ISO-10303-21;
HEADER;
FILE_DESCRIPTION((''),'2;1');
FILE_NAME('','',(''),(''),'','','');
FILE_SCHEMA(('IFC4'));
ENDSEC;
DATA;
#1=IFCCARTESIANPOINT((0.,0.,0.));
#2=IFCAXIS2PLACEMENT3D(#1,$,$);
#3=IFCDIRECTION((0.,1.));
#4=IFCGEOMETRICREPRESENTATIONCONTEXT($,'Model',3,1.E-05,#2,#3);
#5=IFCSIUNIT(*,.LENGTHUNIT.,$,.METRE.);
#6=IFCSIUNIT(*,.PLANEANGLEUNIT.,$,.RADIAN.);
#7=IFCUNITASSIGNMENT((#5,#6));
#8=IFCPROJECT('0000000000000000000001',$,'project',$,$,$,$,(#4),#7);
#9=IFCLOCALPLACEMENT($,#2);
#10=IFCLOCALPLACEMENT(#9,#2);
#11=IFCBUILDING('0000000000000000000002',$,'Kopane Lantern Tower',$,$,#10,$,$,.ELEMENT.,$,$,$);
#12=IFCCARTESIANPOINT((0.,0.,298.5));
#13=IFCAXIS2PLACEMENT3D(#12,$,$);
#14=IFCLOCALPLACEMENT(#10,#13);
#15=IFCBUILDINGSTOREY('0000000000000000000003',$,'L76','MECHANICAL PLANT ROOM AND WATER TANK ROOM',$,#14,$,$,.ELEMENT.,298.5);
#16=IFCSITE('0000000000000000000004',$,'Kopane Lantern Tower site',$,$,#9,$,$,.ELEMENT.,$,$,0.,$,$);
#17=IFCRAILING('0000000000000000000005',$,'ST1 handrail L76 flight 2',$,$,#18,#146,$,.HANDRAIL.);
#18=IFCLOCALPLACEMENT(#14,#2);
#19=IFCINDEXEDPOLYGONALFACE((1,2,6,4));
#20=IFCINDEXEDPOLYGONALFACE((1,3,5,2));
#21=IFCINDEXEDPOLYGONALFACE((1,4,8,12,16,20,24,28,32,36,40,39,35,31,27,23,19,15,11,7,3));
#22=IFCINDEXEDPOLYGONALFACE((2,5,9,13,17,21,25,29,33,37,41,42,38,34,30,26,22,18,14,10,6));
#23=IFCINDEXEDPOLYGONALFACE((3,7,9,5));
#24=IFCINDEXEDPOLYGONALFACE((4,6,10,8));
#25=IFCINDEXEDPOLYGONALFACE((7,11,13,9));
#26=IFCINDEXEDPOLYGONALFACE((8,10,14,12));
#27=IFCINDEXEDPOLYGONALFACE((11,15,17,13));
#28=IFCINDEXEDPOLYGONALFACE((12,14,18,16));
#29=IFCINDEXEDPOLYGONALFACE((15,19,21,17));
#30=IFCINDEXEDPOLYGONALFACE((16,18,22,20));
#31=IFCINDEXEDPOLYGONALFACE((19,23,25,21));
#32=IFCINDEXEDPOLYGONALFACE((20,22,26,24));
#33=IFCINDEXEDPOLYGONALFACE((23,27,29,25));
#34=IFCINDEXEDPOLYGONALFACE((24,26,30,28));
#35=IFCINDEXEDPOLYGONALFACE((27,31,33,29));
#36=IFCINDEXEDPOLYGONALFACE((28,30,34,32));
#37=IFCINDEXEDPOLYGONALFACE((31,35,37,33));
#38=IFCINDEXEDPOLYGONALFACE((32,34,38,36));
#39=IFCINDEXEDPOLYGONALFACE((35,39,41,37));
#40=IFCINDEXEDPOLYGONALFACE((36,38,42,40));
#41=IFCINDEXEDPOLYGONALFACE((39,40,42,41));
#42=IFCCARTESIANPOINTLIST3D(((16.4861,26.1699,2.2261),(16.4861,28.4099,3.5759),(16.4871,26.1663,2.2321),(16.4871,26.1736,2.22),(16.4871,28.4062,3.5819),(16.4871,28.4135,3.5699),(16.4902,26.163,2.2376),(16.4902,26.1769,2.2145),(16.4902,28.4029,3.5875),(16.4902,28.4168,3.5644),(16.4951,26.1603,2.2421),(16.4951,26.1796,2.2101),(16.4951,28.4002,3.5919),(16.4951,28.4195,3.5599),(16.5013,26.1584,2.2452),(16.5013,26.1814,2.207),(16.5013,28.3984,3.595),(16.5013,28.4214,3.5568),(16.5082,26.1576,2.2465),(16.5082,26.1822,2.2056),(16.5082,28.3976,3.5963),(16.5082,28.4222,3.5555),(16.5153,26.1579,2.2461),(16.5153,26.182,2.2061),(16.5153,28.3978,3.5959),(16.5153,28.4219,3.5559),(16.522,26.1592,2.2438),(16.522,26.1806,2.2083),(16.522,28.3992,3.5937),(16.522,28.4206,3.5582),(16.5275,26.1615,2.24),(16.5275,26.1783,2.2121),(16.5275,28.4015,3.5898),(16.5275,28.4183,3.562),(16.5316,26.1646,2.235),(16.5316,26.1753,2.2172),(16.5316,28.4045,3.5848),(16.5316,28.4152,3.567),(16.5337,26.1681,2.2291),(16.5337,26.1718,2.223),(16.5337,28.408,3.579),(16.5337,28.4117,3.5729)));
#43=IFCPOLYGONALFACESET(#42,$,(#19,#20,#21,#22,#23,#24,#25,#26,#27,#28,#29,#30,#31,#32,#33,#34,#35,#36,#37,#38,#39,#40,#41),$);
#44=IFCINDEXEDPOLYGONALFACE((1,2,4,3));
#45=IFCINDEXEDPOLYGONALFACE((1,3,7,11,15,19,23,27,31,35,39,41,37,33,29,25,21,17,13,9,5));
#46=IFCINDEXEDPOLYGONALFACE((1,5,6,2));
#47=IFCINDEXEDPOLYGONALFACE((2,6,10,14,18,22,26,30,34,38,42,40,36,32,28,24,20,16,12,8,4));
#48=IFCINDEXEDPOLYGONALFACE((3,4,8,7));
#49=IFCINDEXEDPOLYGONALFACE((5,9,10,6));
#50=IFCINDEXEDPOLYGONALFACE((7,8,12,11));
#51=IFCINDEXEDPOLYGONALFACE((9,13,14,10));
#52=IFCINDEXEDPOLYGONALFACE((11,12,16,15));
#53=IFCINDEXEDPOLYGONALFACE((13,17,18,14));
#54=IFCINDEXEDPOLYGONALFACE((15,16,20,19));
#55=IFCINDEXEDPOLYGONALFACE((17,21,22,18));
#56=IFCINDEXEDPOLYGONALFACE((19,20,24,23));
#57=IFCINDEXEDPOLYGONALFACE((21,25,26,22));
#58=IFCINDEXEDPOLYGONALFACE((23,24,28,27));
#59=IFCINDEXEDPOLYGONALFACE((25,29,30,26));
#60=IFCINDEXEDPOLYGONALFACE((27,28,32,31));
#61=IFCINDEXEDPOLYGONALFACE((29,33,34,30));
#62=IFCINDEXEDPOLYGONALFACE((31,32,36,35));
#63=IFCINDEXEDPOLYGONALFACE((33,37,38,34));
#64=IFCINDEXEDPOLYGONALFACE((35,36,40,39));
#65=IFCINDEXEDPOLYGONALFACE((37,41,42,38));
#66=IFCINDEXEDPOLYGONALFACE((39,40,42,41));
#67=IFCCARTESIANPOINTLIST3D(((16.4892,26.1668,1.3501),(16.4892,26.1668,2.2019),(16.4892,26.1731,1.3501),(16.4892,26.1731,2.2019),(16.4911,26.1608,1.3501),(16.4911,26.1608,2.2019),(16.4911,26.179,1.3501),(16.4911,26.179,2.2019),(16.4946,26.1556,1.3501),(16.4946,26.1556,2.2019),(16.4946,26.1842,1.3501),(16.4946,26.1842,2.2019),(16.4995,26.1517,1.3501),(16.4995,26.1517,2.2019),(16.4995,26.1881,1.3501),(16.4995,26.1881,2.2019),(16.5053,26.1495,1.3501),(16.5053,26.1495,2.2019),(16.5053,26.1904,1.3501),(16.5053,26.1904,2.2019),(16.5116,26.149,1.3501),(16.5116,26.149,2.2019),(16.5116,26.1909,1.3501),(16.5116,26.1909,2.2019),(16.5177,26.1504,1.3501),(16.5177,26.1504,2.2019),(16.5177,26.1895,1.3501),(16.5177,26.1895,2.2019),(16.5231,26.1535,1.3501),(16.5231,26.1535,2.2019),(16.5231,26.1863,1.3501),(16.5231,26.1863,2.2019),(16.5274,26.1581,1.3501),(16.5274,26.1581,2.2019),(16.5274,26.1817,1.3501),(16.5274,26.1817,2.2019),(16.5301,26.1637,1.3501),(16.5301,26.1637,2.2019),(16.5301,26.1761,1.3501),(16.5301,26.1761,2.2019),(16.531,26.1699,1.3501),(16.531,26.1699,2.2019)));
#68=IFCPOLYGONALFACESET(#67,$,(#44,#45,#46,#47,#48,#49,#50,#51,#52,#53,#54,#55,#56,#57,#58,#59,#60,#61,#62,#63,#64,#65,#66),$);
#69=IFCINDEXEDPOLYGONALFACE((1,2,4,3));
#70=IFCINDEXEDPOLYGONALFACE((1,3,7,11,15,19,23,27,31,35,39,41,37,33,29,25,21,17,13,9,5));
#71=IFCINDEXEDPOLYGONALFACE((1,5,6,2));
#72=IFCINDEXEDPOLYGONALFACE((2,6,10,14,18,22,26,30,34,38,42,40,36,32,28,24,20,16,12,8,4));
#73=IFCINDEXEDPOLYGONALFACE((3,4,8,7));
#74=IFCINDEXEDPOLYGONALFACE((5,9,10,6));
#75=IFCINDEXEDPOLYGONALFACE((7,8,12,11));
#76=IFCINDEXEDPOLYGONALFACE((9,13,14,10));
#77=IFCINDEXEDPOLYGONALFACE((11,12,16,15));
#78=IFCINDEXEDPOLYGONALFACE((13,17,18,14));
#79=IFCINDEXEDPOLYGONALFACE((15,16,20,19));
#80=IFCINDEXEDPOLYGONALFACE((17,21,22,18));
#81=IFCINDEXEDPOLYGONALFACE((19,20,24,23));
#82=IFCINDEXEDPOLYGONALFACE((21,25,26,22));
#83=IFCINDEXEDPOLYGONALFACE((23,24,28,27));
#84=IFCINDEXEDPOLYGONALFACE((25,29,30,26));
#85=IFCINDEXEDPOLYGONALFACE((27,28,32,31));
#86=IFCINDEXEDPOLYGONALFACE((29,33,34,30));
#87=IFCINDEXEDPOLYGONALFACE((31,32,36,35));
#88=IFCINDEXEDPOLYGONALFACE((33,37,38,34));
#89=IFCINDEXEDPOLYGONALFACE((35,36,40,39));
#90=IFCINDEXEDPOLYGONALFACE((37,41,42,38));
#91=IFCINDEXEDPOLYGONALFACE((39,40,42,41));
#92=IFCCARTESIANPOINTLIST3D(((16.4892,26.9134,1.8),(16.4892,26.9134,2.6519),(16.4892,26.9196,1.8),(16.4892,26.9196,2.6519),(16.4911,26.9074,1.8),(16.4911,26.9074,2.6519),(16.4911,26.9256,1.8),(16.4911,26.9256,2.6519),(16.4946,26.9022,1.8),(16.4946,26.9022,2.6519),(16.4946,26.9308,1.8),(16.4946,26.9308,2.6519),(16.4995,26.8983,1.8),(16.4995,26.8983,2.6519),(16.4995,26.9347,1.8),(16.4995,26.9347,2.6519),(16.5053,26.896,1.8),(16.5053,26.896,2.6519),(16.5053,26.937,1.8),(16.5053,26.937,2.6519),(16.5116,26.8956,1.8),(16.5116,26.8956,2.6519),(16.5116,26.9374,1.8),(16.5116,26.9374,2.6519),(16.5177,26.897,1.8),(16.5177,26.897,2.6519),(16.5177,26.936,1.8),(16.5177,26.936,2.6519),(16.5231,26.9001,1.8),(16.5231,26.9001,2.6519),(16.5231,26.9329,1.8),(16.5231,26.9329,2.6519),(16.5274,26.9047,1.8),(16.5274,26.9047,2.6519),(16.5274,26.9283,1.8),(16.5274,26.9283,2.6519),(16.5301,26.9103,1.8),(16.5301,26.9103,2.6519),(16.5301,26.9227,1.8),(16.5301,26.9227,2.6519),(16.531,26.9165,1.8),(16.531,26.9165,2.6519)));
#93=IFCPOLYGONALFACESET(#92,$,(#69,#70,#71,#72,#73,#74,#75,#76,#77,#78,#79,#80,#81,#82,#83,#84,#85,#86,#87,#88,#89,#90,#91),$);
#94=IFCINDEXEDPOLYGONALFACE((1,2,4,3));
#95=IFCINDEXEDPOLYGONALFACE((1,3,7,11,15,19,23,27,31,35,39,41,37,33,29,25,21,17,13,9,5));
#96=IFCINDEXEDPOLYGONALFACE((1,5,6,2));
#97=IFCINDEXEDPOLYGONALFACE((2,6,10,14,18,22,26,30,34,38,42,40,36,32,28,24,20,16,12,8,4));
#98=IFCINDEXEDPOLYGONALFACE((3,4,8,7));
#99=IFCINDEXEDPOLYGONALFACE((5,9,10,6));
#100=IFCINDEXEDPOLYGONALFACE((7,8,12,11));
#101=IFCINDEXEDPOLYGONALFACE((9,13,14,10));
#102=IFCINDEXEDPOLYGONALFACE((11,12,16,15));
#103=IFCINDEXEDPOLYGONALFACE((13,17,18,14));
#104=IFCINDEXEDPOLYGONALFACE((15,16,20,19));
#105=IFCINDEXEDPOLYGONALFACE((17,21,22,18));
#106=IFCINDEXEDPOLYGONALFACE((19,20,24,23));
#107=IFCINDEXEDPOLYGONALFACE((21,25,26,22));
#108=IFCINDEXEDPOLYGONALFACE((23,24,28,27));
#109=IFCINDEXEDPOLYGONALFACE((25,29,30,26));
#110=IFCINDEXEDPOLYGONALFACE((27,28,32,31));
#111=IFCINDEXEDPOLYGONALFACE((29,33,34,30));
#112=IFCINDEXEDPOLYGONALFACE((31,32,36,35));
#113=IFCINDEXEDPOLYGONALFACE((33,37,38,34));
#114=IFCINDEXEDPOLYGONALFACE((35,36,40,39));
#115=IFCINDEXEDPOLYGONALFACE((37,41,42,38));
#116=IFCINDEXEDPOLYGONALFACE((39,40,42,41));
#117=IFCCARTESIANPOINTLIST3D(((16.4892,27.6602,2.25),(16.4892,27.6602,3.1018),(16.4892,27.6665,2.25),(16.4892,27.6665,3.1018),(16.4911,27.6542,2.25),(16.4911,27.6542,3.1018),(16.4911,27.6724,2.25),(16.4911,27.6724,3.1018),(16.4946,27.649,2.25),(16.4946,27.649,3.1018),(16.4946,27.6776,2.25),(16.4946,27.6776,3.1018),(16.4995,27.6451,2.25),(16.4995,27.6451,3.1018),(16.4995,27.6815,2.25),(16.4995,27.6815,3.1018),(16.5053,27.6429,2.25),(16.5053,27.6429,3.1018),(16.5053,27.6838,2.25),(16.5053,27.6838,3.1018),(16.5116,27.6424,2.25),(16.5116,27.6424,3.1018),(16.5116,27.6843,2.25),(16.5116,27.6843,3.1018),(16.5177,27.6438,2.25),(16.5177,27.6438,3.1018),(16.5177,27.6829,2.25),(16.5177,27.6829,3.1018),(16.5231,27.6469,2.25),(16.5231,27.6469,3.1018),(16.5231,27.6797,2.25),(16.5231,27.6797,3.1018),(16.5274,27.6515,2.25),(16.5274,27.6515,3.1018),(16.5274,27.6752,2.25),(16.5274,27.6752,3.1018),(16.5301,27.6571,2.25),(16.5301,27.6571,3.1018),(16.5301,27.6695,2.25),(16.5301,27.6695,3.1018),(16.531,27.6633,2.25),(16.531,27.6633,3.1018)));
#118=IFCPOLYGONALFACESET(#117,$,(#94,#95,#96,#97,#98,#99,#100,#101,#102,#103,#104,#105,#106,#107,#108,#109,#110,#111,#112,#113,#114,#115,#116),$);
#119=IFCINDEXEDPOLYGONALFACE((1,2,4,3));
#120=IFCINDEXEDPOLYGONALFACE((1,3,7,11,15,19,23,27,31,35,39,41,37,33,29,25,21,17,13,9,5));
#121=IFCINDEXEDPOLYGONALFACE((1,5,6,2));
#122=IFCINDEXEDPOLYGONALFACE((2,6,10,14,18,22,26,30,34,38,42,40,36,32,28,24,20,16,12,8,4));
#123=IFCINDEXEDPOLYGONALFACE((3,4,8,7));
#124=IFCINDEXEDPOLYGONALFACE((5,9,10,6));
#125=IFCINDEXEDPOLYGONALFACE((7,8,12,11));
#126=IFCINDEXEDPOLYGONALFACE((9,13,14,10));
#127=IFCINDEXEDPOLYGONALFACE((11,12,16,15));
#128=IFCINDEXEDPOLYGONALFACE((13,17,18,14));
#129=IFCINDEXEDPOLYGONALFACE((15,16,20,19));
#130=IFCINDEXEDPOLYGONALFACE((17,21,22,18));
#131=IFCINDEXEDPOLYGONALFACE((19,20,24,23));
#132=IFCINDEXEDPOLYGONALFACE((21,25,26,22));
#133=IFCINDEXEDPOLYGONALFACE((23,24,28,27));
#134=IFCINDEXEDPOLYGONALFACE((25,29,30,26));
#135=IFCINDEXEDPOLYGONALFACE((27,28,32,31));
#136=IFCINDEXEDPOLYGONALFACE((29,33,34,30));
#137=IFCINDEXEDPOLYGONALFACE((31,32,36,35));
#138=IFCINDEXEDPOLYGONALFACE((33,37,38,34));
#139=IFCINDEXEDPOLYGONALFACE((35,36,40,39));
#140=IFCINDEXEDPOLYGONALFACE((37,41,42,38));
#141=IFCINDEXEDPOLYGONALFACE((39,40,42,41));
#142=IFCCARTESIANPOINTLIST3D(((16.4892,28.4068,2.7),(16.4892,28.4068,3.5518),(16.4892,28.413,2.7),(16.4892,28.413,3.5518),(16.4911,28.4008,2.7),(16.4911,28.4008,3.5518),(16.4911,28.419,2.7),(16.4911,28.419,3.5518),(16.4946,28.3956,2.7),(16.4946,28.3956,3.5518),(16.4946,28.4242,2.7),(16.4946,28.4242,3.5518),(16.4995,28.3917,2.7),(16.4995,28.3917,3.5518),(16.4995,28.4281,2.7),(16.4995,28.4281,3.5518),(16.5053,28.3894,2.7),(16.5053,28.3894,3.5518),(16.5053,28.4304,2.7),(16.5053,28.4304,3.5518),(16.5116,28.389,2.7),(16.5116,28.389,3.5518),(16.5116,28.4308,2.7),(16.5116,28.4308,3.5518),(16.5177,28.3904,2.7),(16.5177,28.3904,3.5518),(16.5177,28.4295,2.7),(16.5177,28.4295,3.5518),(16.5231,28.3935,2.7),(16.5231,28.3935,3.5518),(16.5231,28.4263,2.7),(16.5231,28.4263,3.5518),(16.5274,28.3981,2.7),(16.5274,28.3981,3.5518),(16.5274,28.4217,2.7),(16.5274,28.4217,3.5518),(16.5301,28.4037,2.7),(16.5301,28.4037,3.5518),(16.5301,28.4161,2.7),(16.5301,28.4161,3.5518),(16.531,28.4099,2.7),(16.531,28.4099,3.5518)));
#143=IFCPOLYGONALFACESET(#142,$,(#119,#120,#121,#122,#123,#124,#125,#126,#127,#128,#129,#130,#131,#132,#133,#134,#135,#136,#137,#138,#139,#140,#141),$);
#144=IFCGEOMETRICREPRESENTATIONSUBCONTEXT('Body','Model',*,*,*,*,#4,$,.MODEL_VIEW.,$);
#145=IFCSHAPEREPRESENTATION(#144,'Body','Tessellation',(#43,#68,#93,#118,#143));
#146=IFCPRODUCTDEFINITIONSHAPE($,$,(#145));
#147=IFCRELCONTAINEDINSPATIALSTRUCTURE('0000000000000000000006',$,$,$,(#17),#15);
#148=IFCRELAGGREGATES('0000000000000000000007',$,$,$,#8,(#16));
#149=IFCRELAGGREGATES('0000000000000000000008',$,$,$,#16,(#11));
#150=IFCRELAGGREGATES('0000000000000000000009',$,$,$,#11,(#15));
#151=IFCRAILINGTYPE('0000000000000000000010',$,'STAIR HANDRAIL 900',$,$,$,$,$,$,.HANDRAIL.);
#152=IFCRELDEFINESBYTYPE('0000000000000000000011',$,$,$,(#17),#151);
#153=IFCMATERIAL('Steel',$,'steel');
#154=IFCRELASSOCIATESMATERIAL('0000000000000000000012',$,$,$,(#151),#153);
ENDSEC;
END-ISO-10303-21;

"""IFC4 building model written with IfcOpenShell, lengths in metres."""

from ifc_helpers import new_model, si_unit, direction, frame, origin, origin_2d, place, context, subcontext, project, spatial, circle, extrude, material, type_object, element, save


model = new_model("IFC4")

# Units and contexts
model_context = context("Model", 3, precision=1e-05, world=origin(), true_north=direction((0.0, 1.0)))
body_context = subcontext(model_context, "Body", "Model", "MODEL_VIEW")
ifc_project = project(units=[si_unit("LENGTHUNIT", "METRE"), si_unit("PLANEANGLEUNIT", "RADIAN")], contexts=[model_context])

# Site, building, storey
site_placement = place(None, origin())
site = spatial("IfcSite", under=ifc_project, at=site_placement, Name="Kopane Lantern Tower site", CompositionType="ELEMENT", RefElevation=0.0)
building_placement = place(site_placement, origin())
building = spatial("IfcBuilding", under=site, at=building_placement, Name="Kopane Lantern Tower", CompositionType="ELEMENT")
storey_placement = place(building_placement, frame((0.0, 0.0, 298.5)))
storey = spatial("IfcBuildingStorey", under=building, at=storey_placement, Name="L76", Description="MECHANICAL PLANT ROOM AND WATER TANK ROOM", CompositionType="ELEMENT", Elevation=298.5)

# Railing
ifc_material_1 = material(Name="Steel", Category="steel")
railing_type = type_object("IfcRailingType", Name="STAIR HANDRAIL 900", PredefinedType="HANDRAIL", material=ifc_material_1)
for number, where, name in (
    (1, (16.51, 26.1699, 1.3501), "ST1 handrail L76 flight 2"),
):
    element("IfcRailing", number, at=place(storey_placement, frame(where)), inside=storey, type_object=railing_type, Name=name, PredefinedType="HANDRAIL", context=body_context, shape_type="SweptSolid", body=[
        extrude(circle(Radius=0.0239, at=origin_2d()), frame((0.0, 0.0, 0.876), z_axis=(0.0, 0.856503, 0.516142), x_axis=(-1.0, 0.0, 0.0)), (0.0, 0.0, 1.0), 2.6152),
        extrude(circle(Radius=0.021, at=origin_2d()), origin(), (0.0, 0.0, 1.0), 0.8518),
        extrude(circle(Radius=0.021, at=origin_2d()), frame((0.0, 0.7466, 0.45)), (0.0, 0.0, 1.0), 0.8518),
        extrude(circle(Radius=0.021, at=origin_2d()), frame((0.0, 1.4934, 0.8999)), (0.0, 0.0, 1.0), 0.8518),
        extrude(circle(Radius=0.021, at=origin_2d()), frame((0.0, 2.24, 1.3499)), (0.0, 0.0, 1.0), 0.8518),
    ])

save(model, "model.ifc")
